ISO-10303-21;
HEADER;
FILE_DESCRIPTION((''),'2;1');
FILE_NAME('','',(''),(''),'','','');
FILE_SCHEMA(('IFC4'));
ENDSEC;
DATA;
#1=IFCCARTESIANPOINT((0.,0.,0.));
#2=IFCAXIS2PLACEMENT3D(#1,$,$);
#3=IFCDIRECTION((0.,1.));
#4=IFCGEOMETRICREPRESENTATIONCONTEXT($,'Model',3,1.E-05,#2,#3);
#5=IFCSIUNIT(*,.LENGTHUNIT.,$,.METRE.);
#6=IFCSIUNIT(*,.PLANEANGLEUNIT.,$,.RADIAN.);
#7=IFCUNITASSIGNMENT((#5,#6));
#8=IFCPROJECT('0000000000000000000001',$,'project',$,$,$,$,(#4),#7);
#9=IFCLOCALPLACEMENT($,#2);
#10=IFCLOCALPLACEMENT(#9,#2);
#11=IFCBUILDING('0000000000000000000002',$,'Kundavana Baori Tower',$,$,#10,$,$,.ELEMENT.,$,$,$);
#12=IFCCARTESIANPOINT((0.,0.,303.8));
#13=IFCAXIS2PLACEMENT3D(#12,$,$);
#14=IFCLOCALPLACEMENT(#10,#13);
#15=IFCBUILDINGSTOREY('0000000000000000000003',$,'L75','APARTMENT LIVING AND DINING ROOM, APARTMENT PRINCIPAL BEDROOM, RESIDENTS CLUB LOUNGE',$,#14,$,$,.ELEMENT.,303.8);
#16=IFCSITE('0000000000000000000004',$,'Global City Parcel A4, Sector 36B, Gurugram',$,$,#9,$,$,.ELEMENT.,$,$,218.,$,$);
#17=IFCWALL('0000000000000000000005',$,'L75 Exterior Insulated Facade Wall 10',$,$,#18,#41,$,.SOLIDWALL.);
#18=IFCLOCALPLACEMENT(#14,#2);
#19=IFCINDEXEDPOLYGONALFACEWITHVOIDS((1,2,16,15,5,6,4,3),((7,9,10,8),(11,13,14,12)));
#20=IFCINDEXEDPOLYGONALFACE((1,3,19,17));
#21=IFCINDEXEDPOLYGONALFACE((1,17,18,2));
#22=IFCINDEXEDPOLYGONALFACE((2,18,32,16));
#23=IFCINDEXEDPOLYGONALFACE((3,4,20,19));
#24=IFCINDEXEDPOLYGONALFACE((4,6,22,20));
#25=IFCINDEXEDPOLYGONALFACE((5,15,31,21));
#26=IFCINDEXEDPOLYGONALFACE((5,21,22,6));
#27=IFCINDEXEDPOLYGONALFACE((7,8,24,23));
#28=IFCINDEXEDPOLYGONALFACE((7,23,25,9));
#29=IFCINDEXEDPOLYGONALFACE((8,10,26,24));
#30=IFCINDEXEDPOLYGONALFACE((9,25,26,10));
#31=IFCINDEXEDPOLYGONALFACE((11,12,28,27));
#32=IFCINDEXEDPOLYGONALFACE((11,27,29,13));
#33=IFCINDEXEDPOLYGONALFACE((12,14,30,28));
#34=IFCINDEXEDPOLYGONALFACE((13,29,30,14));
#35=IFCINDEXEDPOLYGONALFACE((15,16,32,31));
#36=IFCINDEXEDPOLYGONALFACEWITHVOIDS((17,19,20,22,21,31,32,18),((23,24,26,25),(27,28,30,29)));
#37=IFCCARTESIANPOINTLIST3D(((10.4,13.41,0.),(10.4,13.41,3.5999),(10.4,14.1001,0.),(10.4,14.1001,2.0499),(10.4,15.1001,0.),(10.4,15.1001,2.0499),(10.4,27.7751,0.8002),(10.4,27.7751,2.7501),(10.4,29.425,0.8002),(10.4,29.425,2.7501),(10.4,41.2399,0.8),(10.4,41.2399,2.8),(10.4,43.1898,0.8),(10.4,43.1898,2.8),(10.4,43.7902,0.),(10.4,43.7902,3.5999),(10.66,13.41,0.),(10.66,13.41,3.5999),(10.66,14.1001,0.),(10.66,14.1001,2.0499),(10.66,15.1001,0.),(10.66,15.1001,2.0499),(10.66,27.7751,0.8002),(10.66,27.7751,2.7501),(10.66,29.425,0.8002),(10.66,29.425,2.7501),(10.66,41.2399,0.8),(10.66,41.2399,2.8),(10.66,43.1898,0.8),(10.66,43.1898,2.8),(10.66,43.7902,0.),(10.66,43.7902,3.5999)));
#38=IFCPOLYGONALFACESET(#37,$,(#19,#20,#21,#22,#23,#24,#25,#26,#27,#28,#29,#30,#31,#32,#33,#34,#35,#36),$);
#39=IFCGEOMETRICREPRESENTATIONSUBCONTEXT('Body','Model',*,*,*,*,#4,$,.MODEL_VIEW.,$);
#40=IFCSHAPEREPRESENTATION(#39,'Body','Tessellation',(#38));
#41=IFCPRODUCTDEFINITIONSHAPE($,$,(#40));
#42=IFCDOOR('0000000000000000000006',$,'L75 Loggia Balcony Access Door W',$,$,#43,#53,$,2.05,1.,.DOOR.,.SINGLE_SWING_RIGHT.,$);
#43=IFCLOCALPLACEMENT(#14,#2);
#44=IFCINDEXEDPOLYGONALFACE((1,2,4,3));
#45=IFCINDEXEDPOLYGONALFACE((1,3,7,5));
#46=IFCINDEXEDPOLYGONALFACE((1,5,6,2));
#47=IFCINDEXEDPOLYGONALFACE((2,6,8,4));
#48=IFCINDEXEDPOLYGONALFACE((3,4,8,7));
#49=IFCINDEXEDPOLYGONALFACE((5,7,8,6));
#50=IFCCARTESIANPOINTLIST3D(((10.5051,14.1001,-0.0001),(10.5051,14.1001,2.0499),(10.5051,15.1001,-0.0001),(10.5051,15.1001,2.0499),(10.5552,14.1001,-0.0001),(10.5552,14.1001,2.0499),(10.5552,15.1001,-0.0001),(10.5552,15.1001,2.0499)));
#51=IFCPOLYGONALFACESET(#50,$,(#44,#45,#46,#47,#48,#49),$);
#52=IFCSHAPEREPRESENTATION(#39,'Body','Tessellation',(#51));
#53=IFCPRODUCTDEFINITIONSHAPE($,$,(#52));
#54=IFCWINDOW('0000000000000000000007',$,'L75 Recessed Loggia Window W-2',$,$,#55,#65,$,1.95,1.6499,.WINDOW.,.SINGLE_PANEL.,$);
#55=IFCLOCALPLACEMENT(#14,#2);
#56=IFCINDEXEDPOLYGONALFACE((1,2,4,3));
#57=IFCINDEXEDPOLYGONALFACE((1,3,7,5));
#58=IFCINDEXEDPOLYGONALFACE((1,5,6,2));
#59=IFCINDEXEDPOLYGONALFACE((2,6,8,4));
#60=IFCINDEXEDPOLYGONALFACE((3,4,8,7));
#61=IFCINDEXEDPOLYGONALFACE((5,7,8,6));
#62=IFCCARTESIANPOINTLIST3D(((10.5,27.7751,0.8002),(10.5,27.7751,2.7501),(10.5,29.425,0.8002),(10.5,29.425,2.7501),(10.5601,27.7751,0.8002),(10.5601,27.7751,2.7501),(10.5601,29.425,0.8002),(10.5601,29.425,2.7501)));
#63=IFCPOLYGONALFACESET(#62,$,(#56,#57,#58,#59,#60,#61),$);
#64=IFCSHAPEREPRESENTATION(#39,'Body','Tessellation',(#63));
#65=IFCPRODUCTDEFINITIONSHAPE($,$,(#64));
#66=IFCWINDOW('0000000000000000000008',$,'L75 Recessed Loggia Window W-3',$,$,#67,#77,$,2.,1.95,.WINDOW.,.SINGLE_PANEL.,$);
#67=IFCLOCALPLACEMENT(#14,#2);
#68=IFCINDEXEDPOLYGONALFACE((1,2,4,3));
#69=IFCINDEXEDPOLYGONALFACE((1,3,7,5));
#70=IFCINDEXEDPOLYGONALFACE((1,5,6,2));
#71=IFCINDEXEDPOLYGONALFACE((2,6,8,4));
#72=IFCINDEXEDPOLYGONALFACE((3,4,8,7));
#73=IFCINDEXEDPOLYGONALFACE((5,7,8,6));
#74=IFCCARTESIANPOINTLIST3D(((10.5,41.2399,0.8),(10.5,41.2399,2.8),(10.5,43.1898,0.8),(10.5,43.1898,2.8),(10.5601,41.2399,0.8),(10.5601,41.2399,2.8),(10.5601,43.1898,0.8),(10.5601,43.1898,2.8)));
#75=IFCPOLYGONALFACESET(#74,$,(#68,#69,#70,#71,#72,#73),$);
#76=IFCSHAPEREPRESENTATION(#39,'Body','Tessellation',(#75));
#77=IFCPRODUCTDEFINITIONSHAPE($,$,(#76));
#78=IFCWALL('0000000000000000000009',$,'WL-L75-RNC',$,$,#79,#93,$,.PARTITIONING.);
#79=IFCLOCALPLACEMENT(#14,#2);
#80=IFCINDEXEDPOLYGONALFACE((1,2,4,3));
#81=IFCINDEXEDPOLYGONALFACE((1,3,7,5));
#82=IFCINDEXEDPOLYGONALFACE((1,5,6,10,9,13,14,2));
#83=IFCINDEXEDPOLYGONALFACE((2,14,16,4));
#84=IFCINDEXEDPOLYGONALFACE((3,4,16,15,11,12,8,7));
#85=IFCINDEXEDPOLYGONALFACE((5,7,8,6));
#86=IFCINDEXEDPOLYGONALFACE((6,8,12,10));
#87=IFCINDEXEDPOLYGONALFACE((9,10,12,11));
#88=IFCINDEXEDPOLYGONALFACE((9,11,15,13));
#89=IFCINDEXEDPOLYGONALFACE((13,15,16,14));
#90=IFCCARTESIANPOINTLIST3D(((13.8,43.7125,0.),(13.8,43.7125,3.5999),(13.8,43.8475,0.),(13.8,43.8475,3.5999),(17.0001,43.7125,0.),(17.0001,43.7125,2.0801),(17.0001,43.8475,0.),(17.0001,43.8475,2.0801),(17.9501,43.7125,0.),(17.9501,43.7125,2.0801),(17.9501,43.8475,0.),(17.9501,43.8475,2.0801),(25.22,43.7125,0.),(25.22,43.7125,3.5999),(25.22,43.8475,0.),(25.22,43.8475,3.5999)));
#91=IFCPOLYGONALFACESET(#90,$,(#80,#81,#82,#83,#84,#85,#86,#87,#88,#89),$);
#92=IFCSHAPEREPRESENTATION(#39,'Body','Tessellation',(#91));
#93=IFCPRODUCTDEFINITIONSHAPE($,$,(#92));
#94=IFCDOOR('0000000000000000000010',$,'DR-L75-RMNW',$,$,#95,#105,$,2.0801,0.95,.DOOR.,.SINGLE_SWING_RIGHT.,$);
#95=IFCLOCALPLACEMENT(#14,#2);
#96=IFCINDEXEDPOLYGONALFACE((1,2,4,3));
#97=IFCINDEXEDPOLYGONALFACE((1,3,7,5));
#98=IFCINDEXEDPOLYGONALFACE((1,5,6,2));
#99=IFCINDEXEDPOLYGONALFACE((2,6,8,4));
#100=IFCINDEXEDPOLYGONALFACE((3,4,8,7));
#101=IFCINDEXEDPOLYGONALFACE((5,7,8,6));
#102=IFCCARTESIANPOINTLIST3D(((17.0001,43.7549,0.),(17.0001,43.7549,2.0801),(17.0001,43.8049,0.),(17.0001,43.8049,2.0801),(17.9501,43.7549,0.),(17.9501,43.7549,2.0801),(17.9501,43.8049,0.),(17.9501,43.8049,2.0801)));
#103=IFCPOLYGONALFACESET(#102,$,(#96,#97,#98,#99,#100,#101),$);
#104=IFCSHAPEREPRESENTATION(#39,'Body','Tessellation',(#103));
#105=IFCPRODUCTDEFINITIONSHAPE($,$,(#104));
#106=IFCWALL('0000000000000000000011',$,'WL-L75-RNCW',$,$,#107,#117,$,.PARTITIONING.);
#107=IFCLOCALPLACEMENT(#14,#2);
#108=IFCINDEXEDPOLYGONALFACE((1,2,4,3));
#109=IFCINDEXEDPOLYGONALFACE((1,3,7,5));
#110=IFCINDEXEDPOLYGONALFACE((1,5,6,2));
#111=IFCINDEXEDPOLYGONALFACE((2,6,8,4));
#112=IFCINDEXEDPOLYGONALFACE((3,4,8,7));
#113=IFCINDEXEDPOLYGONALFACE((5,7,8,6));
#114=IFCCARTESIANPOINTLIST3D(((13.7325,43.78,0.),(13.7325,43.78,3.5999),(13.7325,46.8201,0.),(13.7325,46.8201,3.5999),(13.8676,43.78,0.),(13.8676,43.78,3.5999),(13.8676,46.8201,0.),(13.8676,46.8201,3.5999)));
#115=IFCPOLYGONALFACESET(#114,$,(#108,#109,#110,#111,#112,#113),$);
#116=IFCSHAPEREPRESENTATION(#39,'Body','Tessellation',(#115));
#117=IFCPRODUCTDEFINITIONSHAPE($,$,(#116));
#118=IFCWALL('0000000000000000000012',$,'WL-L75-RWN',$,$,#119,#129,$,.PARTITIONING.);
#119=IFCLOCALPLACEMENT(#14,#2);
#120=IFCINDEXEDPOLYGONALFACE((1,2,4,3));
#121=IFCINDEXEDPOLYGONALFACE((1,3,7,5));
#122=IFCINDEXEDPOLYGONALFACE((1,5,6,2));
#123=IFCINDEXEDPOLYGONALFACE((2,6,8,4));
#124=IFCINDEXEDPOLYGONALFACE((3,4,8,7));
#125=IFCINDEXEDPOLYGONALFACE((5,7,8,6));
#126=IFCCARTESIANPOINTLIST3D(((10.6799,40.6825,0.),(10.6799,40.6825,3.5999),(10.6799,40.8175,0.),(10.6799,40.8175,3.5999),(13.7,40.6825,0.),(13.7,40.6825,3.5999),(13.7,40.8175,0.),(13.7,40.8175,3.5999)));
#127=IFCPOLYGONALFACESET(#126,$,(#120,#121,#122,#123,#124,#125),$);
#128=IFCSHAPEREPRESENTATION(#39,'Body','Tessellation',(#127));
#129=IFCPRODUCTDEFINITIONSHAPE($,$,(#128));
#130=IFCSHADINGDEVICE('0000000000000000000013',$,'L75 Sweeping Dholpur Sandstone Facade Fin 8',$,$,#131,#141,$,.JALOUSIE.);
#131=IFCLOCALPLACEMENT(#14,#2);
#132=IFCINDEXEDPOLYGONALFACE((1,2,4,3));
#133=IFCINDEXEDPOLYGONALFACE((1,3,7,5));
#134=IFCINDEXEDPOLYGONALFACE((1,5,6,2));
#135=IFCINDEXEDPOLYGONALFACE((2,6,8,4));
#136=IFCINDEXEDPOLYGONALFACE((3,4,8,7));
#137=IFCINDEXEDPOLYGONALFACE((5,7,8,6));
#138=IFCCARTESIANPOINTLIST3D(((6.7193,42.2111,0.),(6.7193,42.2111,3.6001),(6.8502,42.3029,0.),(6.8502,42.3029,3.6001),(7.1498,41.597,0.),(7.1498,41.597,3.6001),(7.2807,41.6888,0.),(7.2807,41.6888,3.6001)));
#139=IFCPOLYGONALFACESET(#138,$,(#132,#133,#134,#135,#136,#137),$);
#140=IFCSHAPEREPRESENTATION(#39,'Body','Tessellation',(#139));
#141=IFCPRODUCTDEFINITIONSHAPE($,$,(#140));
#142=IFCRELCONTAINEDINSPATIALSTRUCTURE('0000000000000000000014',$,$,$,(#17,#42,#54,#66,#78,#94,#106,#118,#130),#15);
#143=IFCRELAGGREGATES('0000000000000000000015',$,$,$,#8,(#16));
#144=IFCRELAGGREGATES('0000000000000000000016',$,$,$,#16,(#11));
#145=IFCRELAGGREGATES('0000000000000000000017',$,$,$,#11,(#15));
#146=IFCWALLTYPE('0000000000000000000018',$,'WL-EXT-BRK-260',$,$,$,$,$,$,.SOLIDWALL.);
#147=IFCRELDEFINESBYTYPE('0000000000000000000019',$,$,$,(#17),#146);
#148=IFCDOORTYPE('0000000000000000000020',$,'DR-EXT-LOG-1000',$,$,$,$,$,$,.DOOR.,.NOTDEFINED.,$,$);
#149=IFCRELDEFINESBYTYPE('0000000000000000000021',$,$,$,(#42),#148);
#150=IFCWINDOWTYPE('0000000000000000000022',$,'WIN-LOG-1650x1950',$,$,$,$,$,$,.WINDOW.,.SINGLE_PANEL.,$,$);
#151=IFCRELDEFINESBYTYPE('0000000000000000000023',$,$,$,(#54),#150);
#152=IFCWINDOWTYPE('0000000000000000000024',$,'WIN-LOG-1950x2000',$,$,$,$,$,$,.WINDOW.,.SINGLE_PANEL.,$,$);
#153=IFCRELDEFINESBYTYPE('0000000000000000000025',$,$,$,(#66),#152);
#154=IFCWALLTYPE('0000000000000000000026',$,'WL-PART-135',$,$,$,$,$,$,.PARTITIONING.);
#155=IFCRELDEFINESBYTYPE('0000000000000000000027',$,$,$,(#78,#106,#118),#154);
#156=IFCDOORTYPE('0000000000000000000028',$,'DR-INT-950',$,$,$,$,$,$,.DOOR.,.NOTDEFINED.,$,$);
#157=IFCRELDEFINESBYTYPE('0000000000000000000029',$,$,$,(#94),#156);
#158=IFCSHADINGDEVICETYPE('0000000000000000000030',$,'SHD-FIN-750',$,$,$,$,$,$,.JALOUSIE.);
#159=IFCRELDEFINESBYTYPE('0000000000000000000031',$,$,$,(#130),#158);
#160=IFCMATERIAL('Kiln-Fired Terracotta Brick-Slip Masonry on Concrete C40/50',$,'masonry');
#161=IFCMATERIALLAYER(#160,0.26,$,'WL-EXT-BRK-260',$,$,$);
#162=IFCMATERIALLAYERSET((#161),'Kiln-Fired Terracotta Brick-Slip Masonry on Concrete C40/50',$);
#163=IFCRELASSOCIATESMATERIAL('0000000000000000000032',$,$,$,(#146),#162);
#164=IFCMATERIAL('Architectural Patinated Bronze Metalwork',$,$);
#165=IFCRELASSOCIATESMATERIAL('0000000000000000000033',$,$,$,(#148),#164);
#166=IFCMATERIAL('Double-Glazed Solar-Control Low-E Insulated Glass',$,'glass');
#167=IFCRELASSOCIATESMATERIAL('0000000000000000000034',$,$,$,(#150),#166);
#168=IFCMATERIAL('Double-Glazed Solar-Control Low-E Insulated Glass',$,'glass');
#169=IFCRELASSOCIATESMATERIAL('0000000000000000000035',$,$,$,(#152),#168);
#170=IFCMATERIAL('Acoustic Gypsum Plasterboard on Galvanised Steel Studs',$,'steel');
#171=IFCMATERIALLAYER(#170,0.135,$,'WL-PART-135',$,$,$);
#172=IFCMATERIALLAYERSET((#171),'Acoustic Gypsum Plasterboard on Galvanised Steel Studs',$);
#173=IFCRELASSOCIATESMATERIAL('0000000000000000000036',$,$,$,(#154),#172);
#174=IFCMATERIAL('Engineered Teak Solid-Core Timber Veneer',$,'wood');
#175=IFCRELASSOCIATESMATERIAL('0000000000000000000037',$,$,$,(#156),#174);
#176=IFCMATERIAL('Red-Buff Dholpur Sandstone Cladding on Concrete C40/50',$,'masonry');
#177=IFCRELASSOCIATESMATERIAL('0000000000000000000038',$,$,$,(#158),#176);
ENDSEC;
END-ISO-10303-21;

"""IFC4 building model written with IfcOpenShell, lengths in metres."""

from ifc_helpers import new_model, si_unit, direction, frame, frame_2d, origin, origin_2d, place, context, subcontext, project, spatial, rectangle, extrude, material, layer, layer_set, type_object, element, fill, save


model = new_model("IFC4")

# Units and contexts
model_context = context("Model", 3, precision=1e-05, world=origin(), true_north=direction((0.0, 1.0)))
body_context = subcontext(model_context, "Body", "Model", "MODEL_VIEW")
ifc_project = project(units=[si_unit("LENGTHUNIT", "METRE"), si_unit("PLANEANGLEUNIT", "RADIAN")], contexts=[model_context])

# Site, building, storey
site_placement = place(None, origin())
site = spatial("IfcSite", under=ifc_project, at=site_placement, Name="Global City Parcel A4, Sector 36B, Gurugram", CompositionType="ELEMENT", RefElevation=218.0)
building_placement = place(site_placement, origin())
building = spatial("IfcBuilding", under=site, at=building_placement, Name="Kundavana Baori Tower", CompositionType="ELEMENT")
storey_placement = place(building_placement, frame((0.0, 0.0, 303.8)))
storey = spatial("IfcBuildingStorey", under=building, at=storey_placement, Name="L75", Description="APARTMENT LIVING AND DINING ROOM, APARTMENT PRINCIPAL BEDROOM, RESIDENTS CLUB LOUNGE", CompositionType="ELEMENT", Elevation=303.8)

# Shared definitions
ifc_material_1 = material(Name="Kiln-Fired Terracotta Brick-Slip Masonry on Concrete C40/50", Category="masonry")
ifc_layer_1 = layer(ifc_material_1, 0.26, Name="WL-EXT-BRK-260")
ifc_layer_set_1 = layer_set([ifc_layer_1], Name="Kiln-Fired Terracotta Brick-Slip Masonry on Concrete C40/50")
wall_type_1 = type_object("IfcWallType", Name="WL-EXT-BRK-260", PredefinedType="SOLIDWALL", material=ifc_layer_set_1)

# Wall, openings, door, windows
wall_1_placement = place(storey_placement, frame((10.53, 43.79, 0.0), z_axis=(0.0, 0.0, 1.0), x_axis=(0.0, -1.0, 0.0)))
wall_1 = element("IfcWall", 1, at=wall_1_placement, inside=storey, type_object=wall_type_1, Name="L75 Exterior Insulated Facade Wall 10", PredefinedType="SOLIDWALL", context=body_context, shape_type="SweptSolid", body=[
    extrude(rectangle(XDim=30.3801, YDim=0.26, at=frame_2d((15.1899, 0.0))), origin(), (0.0, 0.0, 1.0), 3.5999),
])
opening_1_placement = place(wall_1_placement, frame((28.6899, 0.0, 0.0)))
opening_1 = element("IfcOpeningElement", 2, at=opening_1_placement, cuts=wall_1, PredefinedType="OPENING", context=body_context, shape_type="SweptSolid", body=[
    extrude(rectangle(XDim=1.0, YDim=2.05, at=frame_2d((0.5, 1.0249))), frame((0.0, 0.1401, 0.0), z_axis=(0.0, -1.0, 0.0), x_axis=(1.0, 0.0, 0.0)), (0.0, 0.0, 1.0), 0.28),
])
opening_2_placement = place(wall_1_placement, frame((14.365, 0.0, 0.8)))
opening_2 = element("IfcOpeningElement", 3, at=opening_2_placement, cuts=wall_1, PredefinedType="OPENING", context=body_context, shape_type="SweptSolid", body=[
    extrude(rectangle(XDim=1.6499, YDim=1.95, at=frame_2d((0.825, 0.9751))), frame((0.0, 0.1401, 0.0), z_axis=(0.0, -1.0, 0.0), x_axis=(1.0, 0.0, 0.0)), (0.0, 0.0, 1.0), 0.28),
])
opening_3_placement = place(wall_1_placement, frame((0.6001, 0.0, 0.8)))
opening_3 = element("IfcOpeningElement", 4, at=opening_3_placement, cuts=wall_1, PredefinedType="OPENING", context=body_context, shape_type="SweptSolid", body=[
    extrude(rectangle(XDim=1.95, YDim=2.0, at=frame_2d((0.9751, 1.0))), frame((0.0, 0.1401, 0.0), z_axis=(0.0, -1.0, 0.0), x_axis=(1.0, 0.0, 0.0)), (0.0, 0.0, 1.0), 0.28),
])
ifc_material_2 = material(Name="Architectural Patinated Bronze Metalwork")
door_type_1 = type_object("IfcDoorType", Name="DR-EXT-LOG-1000", OperationType="NOTDEFINED", PredefinedType="DOOR", material=ifc_material_2)
door_1_placement = place(opening_1_placement, frame((1.0, 0.0, 0.0), z_axis=(0.0, 0.0, 1.0), x_axis=(-1.0, 0.0, 0.0)))
door_1 = element("IfcDoor", 5, at=door_1_placement, inside=storey, type_object=door_type_1, Name="L75 Loggia Balcony Access Door W", OperationType="SINGLE_SWING_RIGHT", OverallHeight=2.05, OverallWidth=1.0, PredefinedType="DOOR", context=body_context, shape_type="SweptSolid", body=[
    extrude(rectangle(XDim=1.0, YDim=2.05, at=frame_2d((0.5, 1.0249))), frame((0.0, 0.0249, 0.0), z_axis=(0.0, -1.0, 0.0), x_axis=(1.0, 0.0, 0.0)), (0.0, 0.0, 1.0), 0.05),
])
fill(opening_1, door_1)
ifc_material_3 = material(Name="Double-Glazed Solar-Control Low-E Insulated Glass", Category="glass")
window_type_1 = type_object("IfcWindowType", Name="WIN-LOG-1650x1950", PartitioningType="SINGLE_PANEL", PredefinedType="WINDOW", material=ifc_material_3)
window_1_placement = place(opening_2_placement, origin())
window_1 = element("IfcWindow", 6, at=window_1_placement, inside=storey, type_object=window_type_1, Name="L75 Recessed Loggia Window W-2", OverallHeight=1.95, OverallWidth=1.6499, PartitioningType="SINGLE_PANEL", PredefinedType="WINDOW", context=body_context, shape_type="SweptSolid", body=[
    extrude(rectangle(XDim=1.6499, YDim=1.95, at=frame_2d((0.825, 0.9751))), frame((0.0, 0.03, 0.0), z_axis=(0.0, -1.0, 0.0), x_axis=(1.0, 0.0, 0.0)), (0.0, 0.0, 1.0), 0.0601),
])
fill(opening_2, window_1)
ifc_material_4 = material(Name="Double-Glazed Solar-Control Low-E Insulated Glass", Category="glass")
window_type_2 = type_object("IfcWindowType", Name="WIN-LOG-1950x2000", PartitioningType="SINGLE_PANEL", PredefinedType="WINDOW", material=ifc_material_4)
window_2_placement = place(opening_3_placement, origin())
window_2 = element("IfcWindow", 7, at=window_2_placement, inside=storey, type_object=window_type_2, Name="L75 Recessed Loggia Window W-3", OverallHeight=2.0, OverallWidth=1.95, PartitioningType="SINGLE_PANEL", PredefinedType="WINDOW", context=body_context, shape_type="SweptSolid", body=[
    extrude(rectangle(XDim=1.95, YDim=2.0, at=frame_2d((0.9751, 1.0))), frame((0.0, 0.03, 0.0), z_axis=(0.0, -1.0, 0.0), x_axis=(1.0, 0.0, 0.0)), (0.0, 0.0, 1.0), 0.0601),
])
fill(opening_3, window_2)

# Wall, opening, door
ifc_material_5 = material(Name="Acoustic Gypsum Plasterboard on Galvanised Steel Studs", Category="steel")
ifc_layer_2 = layer(ifc_material_5, 0.135, Name="WL-PART-135")
ifc_layer_set_2 = layer_set([ifc_layer_2], Name="Acoustic Gypsum Plasterboard on Galvanised Steel Studs")
wall_type_2 = type_object("IfcWallType", Name="WL-PART-135", PredefinedType="PARTITIONING", material=ifc_layer_set_2)
wall_2_placement = place(storey_placement, frame((13.8, 43.78, 0.0), z_axis=(0.0, 0.0, 1.0), x_axis=(1.0, 0.0, 0.0)))
wall_2 = element("IfcWall", 8, at=wall_2_placement, inside=storey, type_object=wall_type_2, Name="WL-L75-RNC", PredefinedType="PARTITIONING", context=body_context, shape_type="SweptSolid", body=[
    extrude(rectangle(XDim=11.4199, YDim=0.135, at=frame_2d((5.71, 0.0))), origin(), (0.0, 0.0, 1.0), 3.5999),
])
opening_4_placement = place(wall_2_placement, frame((3.2, 0.0, 0.0)))
opening_4 = element("IfcOpeningElement", 9, at=opening_4_placement, cuts=wall_2, PredefinedType="OPENING", context=body_context, shape_type="SweptSolid", body=[
    extrude(rectangle(XDim=0.95, YDim=2.0801, at=frame_2d((0.4751, 1.04))), frame((0.0, 0.0776, 0.0), z_axis=(0.0, -1.0, 0.0), x_axis=(1.0, 0.0, 0.0)), (0.0, 0.0, 1.0), 0.155),
])
ifc_material_6 = material(Name="Engineered Teak Solid-Core Timber Veneer", Category="wood")
door_type_2 = type_object("IfcDoorType", Name="DR-INT-950", OperationType="NOTDEFINED", PredefinedType="DOOR", material=ifc_material_6)
door_2_placement = place(opening_4_placement, origin())
door_2 = element("IfcDoor", 10, at=door_2_placement, inside=storey, type_object=door_type_2, Name="DR-L75-RMNW", OperationType="SINGLE_SWING_RIGHT", OverallHeight=2.0801, OverallWidth=0.95, PredefinedType="DOOR", context=body_context, shape_type="SweptSolid", body=[
    extrude(rectangle(XDim=0.95, YDim=2.0801, at=frame_2d((0.4751, 1.04))), frame((0.0, 0.0249, 0.0), z_axis=(0.0, -1.0, 0.0), x_axis=(1.0, 0.0, 0.0)), (0.0, 0.0, 1.0), 0.05),
])
fill(opening_4, door_2)

# Walls
wall_3_placement = place(storey_placement, frame((13.8, 43.78, 0.0), z_axis=(0.0, 0.0, 1.0), x_axis=(0.0, 1.0, 0.0)))
element("IfcWall", 11, at=wall_3_placement, inside=storey, type_object=wall_type_2, Name="WL-L75-RNCW", PredefinedType="PARTITIONING", context=body_context, shape_type="SweptSolid", body=[
    extrude(rectangle(XDim=3.04, YDim=0.135, at=frame_2d((1.52, 0.0))), origin(), (0.0, 0.0, 1.0), 3.5999),
])
wall_4_placement = place(storey_placement, frame((10.6799, 40.75, 0.0), z_axis=(0.0, 0.0, 1.0), x_axis=(1.0, 0.0, 0.0)))
element("IfcWall", 12, at=wall_4_placement, inside=storey, type_object=wall_type_2, Name="WL-L75-RWN", PredefinedType="PARTITIONING", context=body_context, shape_type="SweptSolid", body=[
    extrude(rectangle(XDim=3.02, YDim=0.135, at=frame_2d((1.51, 0.0))), origin(), (0.0, 0.0, 1.0), 3.5999),
])

# Shading device
ifc_material_7 = material(Name="Red-Buff Dholpur Sandstone Cladding on Concrete C40/50", Category="masonry")
shading_device_type = type_object("IfcShadingDeviceType", Name="SHD-FIN-750", PredefinedType="JALOUSIE", material=ifc_material_7)
shading_device_placement = place(storey_placement, frame((7.0, 41.95, 0.0), z_axis=(0.0, 0.0, 1.0), x_axis=(0.818852, 0.574005, 0.0)))
element("IfcShadingDevice", 13, at=shading_device_placement, inside=storey, type_object=shading_device_type, Name="L75 Sweeping Dholpur Sandstone Facade Fin 8", PredefinedType="JALOUSIE", context=body_context, shape_type="SweptSolid", body=[
    extrude(rectangle(XDim=0.1599, YDim=0.75, at=origin_2d()), origin(), (0.0, 0.0, 1.0), 3.6001),
])

save(model, "model.ifc")
